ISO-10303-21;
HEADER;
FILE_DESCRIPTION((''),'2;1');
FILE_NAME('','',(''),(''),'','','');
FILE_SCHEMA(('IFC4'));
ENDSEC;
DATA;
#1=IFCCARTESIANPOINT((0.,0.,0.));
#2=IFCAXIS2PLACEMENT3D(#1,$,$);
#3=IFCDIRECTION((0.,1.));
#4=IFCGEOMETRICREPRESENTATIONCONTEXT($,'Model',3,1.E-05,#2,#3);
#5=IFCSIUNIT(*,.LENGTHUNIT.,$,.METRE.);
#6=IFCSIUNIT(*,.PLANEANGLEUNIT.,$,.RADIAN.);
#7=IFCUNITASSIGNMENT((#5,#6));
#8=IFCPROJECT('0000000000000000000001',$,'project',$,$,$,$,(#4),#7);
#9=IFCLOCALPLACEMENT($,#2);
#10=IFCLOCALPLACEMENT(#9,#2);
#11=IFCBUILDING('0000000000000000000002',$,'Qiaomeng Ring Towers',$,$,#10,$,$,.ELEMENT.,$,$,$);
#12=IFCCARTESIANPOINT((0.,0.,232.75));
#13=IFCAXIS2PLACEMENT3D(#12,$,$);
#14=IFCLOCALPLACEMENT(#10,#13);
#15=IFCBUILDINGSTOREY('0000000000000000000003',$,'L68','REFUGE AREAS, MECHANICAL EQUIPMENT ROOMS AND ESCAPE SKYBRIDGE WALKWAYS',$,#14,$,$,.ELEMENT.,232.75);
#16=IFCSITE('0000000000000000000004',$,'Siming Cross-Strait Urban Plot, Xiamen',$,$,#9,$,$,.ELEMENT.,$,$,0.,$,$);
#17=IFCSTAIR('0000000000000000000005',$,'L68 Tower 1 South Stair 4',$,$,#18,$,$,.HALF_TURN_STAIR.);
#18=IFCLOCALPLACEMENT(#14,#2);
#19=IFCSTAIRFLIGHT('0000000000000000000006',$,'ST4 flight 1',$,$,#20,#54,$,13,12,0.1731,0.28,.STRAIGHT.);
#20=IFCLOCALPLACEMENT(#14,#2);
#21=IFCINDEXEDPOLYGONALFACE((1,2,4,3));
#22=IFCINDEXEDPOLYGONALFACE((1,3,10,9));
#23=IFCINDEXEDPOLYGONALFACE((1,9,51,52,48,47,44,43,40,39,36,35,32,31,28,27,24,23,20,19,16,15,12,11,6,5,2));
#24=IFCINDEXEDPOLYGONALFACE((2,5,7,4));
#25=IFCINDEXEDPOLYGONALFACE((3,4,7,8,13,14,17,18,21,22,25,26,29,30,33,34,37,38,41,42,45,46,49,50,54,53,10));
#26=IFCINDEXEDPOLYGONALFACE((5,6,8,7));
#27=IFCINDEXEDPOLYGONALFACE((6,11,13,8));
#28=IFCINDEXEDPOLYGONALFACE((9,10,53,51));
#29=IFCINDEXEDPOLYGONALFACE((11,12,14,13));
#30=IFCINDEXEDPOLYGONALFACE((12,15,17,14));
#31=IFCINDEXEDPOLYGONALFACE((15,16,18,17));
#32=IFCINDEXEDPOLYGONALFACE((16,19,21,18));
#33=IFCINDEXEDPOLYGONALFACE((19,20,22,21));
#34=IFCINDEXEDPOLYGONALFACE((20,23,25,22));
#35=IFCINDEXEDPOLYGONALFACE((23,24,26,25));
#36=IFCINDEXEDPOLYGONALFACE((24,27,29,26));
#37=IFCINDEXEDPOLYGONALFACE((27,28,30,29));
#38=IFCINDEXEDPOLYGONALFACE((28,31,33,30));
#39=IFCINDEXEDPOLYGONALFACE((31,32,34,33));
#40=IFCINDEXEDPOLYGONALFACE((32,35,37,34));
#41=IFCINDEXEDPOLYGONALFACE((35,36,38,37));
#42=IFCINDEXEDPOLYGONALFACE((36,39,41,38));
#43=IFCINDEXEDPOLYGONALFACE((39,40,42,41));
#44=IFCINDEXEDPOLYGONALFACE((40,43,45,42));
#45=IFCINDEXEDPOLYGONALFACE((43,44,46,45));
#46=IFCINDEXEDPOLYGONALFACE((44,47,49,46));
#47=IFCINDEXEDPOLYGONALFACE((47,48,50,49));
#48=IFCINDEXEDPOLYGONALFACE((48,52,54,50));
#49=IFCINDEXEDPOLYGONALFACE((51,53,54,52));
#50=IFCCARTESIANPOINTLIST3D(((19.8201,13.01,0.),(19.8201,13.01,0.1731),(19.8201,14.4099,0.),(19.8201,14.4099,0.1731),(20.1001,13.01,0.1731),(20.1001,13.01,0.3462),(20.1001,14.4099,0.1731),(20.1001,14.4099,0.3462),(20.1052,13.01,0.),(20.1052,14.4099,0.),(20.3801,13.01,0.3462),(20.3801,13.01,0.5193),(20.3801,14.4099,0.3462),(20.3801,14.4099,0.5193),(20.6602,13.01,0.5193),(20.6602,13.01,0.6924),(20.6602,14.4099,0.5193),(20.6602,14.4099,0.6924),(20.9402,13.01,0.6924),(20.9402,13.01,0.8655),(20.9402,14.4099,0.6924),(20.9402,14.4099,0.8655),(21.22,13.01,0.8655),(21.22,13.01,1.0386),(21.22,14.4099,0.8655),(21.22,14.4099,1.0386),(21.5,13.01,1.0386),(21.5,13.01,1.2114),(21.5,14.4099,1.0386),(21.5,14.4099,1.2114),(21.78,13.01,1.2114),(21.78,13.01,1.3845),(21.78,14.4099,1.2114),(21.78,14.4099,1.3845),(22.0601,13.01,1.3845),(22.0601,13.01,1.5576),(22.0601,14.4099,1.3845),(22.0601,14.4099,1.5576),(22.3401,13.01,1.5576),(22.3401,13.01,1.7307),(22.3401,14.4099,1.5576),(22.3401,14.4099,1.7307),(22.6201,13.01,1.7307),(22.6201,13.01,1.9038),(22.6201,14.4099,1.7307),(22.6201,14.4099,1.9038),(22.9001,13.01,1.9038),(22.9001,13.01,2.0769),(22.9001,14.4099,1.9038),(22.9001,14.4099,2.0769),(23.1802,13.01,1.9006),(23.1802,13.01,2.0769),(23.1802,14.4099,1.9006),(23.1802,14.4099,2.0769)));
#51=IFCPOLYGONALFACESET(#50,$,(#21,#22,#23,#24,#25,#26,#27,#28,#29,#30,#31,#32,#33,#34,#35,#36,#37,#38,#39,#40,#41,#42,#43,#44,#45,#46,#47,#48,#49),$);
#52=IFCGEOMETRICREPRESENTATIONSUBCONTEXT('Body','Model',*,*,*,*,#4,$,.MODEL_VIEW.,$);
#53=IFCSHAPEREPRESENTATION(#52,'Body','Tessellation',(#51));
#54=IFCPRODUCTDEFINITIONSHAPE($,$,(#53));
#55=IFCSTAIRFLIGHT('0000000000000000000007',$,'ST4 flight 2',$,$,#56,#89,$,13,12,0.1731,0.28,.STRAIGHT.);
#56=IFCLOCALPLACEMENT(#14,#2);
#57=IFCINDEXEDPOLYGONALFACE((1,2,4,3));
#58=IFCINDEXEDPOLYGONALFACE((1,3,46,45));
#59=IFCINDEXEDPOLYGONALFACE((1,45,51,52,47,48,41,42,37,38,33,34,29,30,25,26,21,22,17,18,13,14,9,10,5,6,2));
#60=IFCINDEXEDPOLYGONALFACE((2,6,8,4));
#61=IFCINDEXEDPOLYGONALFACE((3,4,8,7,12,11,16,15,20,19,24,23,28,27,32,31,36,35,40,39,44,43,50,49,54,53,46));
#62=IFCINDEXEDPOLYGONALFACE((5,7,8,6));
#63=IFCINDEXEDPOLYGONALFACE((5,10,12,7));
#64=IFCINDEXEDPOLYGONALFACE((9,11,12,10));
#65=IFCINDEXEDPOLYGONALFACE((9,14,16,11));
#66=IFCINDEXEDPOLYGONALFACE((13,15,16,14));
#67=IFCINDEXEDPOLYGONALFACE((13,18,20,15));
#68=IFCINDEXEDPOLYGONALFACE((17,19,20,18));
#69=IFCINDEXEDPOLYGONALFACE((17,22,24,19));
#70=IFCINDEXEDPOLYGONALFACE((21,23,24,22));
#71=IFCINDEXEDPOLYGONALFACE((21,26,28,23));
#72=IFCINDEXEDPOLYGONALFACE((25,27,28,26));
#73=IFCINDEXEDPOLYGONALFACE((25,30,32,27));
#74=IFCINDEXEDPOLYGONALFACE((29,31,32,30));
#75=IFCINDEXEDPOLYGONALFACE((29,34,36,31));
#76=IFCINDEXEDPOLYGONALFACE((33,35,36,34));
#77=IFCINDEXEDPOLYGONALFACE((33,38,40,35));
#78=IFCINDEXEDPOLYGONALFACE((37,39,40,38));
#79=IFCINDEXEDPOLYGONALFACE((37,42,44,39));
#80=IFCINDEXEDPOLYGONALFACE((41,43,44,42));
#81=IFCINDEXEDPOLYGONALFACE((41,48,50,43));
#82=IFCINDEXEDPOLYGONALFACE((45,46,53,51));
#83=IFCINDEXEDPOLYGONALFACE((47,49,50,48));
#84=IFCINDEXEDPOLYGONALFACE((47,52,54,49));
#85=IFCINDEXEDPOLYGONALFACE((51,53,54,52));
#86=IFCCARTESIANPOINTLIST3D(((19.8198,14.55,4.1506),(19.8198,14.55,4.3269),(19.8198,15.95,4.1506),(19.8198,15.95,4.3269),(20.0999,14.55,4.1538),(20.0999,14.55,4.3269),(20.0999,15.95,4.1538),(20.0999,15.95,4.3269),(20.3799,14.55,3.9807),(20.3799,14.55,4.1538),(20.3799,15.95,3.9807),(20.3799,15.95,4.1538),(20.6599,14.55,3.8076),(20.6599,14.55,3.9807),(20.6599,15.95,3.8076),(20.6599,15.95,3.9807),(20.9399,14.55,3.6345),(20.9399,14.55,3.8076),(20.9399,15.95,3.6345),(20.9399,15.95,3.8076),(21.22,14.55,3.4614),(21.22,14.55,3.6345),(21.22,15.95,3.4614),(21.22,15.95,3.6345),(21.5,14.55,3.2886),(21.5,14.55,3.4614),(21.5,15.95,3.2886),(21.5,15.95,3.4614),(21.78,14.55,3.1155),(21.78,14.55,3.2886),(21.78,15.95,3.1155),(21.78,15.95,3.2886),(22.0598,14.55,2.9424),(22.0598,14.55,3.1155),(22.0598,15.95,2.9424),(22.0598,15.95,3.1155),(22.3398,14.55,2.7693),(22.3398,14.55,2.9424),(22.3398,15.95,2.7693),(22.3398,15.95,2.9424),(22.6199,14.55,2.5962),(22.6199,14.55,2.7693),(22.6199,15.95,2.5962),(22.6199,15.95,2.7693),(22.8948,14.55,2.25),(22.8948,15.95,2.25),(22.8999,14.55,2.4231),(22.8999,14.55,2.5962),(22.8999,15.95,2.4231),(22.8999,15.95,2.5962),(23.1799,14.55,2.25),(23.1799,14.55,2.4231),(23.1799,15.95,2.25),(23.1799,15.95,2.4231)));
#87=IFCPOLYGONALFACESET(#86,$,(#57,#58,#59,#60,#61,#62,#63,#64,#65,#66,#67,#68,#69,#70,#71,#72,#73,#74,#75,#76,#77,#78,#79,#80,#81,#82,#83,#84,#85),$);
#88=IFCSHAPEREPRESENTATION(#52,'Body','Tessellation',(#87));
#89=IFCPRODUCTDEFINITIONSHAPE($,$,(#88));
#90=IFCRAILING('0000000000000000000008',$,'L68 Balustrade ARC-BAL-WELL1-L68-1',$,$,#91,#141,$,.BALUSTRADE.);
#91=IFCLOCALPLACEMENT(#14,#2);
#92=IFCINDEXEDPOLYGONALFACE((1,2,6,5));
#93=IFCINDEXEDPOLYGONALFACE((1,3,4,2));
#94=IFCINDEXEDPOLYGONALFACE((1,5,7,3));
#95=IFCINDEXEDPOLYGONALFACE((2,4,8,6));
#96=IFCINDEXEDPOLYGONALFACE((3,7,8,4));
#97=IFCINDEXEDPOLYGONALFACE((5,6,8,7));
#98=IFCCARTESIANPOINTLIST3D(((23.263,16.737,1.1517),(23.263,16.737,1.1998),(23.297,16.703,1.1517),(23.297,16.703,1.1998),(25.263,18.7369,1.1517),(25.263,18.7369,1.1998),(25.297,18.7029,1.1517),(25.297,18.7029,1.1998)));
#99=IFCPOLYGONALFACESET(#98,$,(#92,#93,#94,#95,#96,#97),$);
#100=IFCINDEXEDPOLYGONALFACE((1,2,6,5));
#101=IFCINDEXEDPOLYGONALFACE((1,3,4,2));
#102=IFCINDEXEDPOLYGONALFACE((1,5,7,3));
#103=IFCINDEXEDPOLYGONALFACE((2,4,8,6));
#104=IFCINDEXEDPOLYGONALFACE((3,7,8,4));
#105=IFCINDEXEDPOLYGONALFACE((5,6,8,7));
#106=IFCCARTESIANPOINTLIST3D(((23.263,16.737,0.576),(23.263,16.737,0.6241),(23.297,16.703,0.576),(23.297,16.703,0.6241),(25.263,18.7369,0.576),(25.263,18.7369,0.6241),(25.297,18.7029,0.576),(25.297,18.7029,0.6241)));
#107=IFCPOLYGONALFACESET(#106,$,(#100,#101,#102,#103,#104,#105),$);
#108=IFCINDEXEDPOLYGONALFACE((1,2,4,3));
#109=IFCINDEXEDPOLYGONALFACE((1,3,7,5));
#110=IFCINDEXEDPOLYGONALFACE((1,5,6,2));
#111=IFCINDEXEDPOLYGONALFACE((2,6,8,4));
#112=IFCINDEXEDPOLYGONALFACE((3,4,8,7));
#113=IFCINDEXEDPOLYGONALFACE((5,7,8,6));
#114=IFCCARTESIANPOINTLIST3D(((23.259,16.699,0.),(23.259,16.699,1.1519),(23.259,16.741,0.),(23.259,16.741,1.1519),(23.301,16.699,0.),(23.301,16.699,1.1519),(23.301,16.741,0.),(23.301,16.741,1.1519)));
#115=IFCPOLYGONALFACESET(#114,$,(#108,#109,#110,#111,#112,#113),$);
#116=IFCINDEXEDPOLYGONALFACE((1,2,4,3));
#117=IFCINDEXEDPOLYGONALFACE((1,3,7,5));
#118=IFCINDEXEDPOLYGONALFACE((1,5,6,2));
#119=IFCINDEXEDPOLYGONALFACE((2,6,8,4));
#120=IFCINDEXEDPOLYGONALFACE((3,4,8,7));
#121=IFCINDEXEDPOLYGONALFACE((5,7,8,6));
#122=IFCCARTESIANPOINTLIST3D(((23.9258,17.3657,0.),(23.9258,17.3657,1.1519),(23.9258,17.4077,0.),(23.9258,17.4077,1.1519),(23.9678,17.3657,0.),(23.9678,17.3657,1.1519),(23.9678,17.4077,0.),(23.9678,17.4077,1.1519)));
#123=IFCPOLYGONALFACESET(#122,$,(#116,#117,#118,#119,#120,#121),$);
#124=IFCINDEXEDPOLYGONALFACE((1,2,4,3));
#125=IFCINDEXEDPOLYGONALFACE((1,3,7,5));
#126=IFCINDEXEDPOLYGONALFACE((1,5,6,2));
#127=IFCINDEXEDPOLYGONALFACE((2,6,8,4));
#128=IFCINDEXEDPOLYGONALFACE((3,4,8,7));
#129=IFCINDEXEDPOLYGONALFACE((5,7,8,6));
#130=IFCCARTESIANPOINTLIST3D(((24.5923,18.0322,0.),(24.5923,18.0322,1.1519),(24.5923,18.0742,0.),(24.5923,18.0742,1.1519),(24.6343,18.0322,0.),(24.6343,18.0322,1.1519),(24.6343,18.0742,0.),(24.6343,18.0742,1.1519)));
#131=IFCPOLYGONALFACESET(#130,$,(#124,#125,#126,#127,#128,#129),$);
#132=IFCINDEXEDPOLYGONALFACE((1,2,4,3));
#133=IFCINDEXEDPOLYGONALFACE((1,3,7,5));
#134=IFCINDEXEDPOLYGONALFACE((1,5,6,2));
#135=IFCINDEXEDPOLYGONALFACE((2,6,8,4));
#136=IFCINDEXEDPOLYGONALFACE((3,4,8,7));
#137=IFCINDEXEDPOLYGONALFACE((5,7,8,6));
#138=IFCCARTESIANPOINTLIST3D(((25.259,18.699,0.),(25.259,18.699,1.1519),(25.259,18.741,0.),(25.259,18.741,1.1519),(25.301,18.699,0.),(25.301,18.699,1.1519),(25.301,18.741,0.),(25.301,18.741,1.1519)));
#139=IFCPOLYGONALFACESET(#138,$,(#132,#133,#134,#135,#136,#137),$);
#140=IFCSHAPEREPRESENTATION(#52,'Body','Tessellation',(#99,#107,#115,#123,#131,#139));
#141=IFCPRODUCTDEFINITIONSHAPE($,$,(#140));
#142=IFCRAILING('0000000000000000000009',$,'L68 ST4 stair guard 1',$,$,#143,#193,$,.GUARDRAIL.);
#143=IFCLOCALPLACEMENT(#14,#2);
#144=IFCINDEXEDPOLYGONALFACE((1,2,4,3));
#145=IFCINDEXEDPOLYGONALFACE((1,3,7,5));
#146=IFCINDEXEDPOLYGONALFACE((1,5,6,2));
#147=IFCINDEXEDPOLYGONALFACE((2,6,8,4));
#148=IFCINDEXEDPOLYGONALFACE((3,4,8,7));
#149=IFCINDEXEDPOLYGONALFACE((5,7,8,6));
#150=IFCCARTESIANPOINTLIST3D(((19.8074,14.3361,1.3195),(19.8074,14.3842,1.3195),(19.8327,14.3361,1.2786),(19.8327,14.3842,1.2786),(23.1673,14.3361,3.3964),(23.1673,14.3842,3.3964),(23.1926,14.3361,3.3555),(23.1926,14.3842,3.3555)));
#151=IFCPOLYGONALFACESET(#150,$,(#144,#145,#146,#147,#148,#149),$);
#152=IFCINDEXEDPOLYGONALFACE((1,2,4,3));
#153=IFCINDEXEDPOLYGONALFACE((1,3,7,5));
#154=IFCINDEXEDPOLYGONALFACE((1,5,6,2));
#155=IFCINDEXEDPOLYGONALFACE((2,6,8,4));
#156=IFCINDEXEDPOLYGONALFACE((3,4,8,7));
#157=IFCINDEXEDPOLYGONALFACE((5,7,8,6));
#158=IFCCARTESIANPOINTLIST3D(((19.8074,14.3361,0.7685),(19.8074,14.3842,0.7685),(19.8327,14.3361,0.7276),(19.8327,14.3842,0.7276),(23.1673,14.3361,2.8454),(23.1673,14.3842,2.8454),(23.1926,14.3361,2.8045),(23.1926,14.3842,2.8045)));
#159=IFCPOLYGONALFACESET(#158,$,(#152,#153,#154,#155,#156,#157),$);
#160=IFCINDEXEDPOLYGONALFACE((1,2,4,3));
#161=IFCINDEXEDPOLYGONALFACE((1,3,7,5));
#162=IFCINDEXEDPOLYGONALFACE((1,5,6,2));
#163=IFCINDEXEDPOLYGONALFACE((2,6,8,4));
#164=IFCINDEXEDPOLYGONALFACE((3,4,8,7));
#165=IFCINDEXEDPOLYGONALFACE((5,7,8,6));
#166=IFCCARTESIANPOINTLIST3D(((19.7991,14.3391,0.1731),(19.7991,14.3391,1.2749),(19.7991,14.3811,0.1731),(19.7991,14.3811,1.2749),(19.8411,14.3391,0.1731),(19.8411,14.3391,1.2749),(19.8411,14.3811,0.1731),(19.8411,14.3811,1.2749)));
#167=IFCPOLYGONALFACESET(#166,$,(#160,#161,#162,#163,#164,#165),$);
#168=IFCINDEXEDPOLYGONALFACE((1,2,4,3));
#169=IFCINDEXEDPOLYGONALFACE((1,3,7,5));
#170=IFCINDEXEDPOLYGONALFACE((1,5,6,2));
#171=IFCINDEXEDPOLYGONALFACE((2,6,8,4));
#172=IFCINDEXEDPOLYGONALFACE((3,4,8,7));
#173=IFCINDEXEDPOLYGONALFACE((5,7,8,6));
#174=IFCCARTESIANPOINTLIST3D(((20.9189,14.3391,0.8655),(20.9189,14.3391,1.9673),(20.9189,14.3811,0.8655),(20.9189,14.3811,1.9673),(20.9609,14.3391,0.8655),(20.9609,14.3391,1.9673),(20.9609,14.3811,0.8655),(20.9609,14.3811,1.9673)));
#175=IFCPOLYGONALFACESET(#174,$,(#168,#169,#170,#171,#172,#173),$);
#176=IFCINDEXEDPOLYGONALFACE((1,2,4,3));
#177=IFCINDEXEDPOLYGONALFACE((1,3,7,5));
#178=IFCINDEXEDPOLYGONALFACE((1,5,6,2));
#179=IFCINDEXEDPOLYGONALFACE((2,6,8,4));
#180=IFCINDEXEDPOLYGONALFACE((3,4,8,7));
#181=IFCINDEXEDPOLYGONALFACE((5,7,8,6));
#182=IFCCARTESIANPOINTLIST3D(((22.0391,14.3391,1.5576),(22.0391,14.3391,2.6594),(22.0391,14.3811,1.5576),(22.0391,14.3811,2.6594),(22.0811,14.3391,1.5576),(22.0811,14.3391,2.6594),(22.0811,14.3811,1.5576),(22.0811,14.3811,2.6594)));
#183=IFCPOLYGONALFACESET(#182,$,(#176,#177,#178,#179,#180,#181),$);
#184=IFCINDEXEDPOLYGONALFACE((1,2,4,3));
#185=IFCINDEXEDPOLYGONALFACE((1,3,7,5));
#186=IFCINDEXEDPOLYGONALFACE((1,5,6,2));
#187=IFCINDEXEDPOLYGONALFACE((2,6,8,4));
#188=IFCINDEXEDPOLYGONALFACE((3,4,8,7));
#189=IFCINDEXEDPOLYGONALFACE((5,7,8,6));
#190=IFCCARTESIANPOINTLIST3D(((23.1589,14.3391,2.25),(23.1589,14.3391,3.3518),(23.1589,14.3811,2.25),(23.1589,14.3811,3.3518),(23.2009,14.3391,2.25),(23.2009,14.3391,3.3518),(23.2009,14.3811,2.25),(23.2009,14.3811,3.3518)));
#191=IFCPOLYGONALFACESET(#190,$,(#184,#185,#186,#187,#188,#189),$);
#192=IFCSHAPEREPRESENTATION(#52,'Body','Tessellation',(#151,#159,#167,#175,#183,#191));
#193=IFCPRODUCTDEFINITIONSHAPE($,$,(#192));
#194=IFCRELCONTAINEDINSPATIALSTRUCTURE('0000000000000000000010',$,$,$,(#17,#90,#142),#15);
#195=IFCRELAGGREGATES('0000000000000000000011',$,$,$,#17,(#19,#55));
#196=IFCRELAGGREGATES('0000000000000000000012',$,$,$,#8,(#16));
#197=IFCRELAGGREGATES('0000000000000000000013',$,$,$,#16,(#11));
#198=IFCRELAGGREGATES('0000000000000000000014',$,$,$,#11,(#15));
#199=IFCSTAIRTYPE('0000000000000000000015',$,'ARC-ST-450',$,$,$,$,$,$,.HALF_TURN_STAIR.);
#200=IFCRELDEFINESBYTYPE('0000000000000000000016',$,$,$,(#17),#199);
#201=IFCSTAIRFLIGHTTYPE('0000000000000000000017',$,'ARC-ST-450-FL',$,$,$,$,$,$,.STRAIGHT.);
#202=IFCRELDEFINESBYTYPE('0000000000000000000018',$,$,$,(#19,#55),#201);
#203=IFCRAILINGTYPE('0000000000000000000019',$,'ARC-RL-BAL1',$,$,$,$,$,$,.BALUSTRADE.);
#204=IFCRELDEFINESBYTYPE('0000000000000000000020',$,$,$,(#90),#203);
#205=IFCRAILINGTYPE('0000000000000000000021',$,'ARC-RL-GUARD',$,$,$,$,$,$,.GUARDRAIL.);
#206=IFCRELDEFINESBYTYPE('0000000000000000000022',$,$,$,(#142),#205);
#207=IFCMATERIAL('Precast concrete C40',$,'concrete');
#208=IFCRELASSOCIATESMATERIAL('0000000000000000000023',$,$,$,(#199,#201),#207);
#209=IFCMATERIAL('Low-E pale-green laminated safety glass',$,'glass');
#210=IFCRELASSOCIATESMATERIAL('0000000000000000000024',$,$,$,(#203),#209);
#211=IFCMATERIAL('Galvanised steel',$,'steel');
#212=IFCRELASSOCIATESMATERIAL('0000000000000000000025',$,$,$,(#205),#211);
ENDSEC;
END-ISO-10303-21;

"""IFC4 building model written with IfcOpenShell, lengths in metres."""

from ifc_helpers import new_model, si_unit, direction, frame, origin, origin_2d, place, context, subcontext, project, spatial, polyline, rectangle, outline, extrude, source, transform, mapped, material, type_object, element, aggregate, save


model = new_model("IFC4")

# Units and contexts
model_context = context("Model", 3, precision=1e-05, world=origin(), true_north=direction((0.0, 1.0)))
body_context = subcontext(model_context, "Body", "Model", "MODEL_VIEW")
ifc_project = project(units=[si_unit("LENGTHUNIT", "METRE"), si_unit("PLANEANGLEUNIT", "RADIAN")], contexts=[model_context])

# Site, building, storey
site_placement = place(None, origin())
site = spatial("IfcSite", under=ifc_project, at=site_placement, Name="Siming Cross-Strait Urban Plot, Xiamen", CompositionType="ELEMENT", RefElevation=0.0)
building_placement = place(site_placement, origin())
building = spatial("IfcBuilding", under=site, at=building_placement, Name="Qiaomeng Ring Towers", CompositionType="ELEMENT")
storey_placement = place(building_placement, frame((0.0, 0.0, 232.75)))
storey = spatial("IfcBuildingStorey", under=building, at=storey_placement, Name="L68", Description="REFUGE AREAS, MECHANICAL EQUIPMENT ROOMS AND ESCAPE SKYBRIDGE WALKWAYS", CompositionType="ELEMENT", Elevation=232.75)

# Shared definitions
ifc_material_1 = material(Name="Galvanised steel", Category="steel")

# Stair, stair flights
ifc_material_2 = material(Name="Precast concrete C40", Category="concrete")
stair_type = type_object("IfcStairType", Name="ARC-ST-450", PredefinedType="HALF_TURN_STAIR", material=ifc_material_2)
stair_placement = place(storey_placement, origin())
stair = element("IfcStair", 1, at=stair_placement, inside=storey, type_object=stair_type, Name="L68 Tower 1 South Stair 4", PredefinedType="HALF_TURN_STAIR")
stair_flight_type = type_object("IfcStairFlightType", Name="ARC-ST-450-FL", PredefinedType="STRAIGHT", material=ifc_material_2)
shared_shape_1 = source(origin(), body_context, "Body", "SweptSolid", [
    extrude(outline(polyline([(0.0, 0.0), (0.0, 0.1731), (0.28, 0.1731), (0.28, 0.3462), (0.5601, 0.3462), (0.5601, 0.5193), (0.8401, 0.5193), (0.8401, 0.6924), (1.1201, 0.6924), (1.1201, 0.8655), (1.3999, 0.8655), (1.3999, 1.0386), (1.6799, 1.0386), (1.6799, 1.2114), (1.96, 1.2114), (1.96, 1.3845), (2.24, 1.3845), (2.24, 1.5576), (2.52, 1.5576), (2.52, 1.7307), (2.8, 1.7307), (2.8, 1.9038), (3.0801, 1.9038), (3.0801, 2.0769), (3.3601, 2.0769), (3.3601, 2.25), (3.3601, 1.9006), (0.2852, 0.0), (0.0, 0.0)])), frame((0.0, 0.7, 0.0), z_axis=(0.0, -1.0, 0.0), x_axis=(1.0, 0.0, 0.0)), (0.0, 0.0, 1.0), 1.3999),
])
stair_flight_1_placement = place(storey_placement, frame((19.8201, 13.71, 0.0), z_axis=(0.0, 0.0, 1.0), x_axis=(1.0, 0.0, 0.0)))
stair_flight_1 = element("IfcStairFlight", 2, at=stair_flight_1_placement, type_object=stair_flight_type, Name="ST4 flight 1", NumberOfRisers=13, NumberOfTreads=12, PredefinedType="STRAIGHT", RiserHeight=0.1731, TreadLength=0.28, context=body_context, shape_type="MappedRepresentation", body=[
    mapped(shared_shape_1, transform((0.0, 0.0, 0.0), x_axis=(1.0, 0.0, 0.0), y_axis=(0.0, 1.0, 0.0), z_axis=(0.0, 0.0, 1.0), scale=1.0)),
])
stair_flight_2_placement = place(storey_placement, frame((23.1799, 15.25, 2.25), z_axis=(0.0, 0.0, 1.0), x_axis=(-1.0, 0.0, 0.0)))
stair_flight_2 = element("IfcStairFlight", 3, at=stair_flight_2_placement, type_object=stair_flight_type, Name="ST4 flight 2", NumberOfRisers=13, NumberOfTreads=12, PredefinedType="STRAIGHT", RiserHeight=0.1731, TreadLength=0.28, context=body_context, shape_type="MappedRepresentation", body=[
    mapped(shared_shape_1, transform((0.0, 0.0, 0.0), x_axis=(1.0, 0.0, 0.0), y_axis=(0.0, 1.0, 0.0), z_axis=(0.0, 0.0, 1.0), scale=1.0)),
])
aggregate(stair, [stair_flight_1, stair_flight_2])

# Railings
ifc_material_3 = material(Name="Low-E pale-green laminated safety glass", Category="glass")
railing_type_1 = type_object("IfcRailingType", Name="ARC-RL-BAL1", PredefinedType="BALUSTRADE", material=ifc_material_3)
railing_1_placement = place(storey_placement, frame((23.28, 16.72, 0.0)))
element("IfcRailing", 4, at=railing_1_placement, inside=storey, type_object=railing_type_1, Name="L68 Balustrade ARC-BAL-WELL1-L68-1", PredefinedType="BALUSTRADE", context=body_context, shape_type="SweptSolid", body=[
    extrude(rectangle(XDim=0.0481, YDim=0.0481, at=origin_2d()), frame((0.0, 0.0, 1.1758), z_axis=(0.707107, 0.707107, 0.0), x_axis=(-0.707107, 0.707107, 0.0)), (0.0, 0.0, 1.0), 2.8284),
    extrude(rectangle(XDim=0.0481, YDim=0.0481, at=origin_2d()), frame((0.0, 0.0, 0.6001), z_axis=(0.707107, 0.707107, 0.0), x_axis=(-0.707107, 0.707107, 0.0)), (0.0, 0.0, 1.0), 2.8284),
    extrude(rectangle(XDim=0.042, YDim=0.042, at=origin_2d()), origin(), (0.0, 0.0, 1.0), 1.1519),
    extrude(rectangle(XDim=0.042, YDim=0.042, at=origin_2d()), frame((0.6667, 0.6667, 0.0)), (0.0, 0.0, 1.0), 1.1519),
    extrude(rectangle(XDim=0.042, YDim=0.042, at=origin_2d()), frame((1.3333, 1.3333, 0.0)), (0.0, 0.0, 1.0), 1.1519),
    extrude(rectangle(XDim=0.042, YDim=0.042, at=origin_2d()), frame((2.0, 2.0, 0.0)), (0.0, 0.0, 1.0), 1.1519),
])
railing_type_2 = type_object("IfcRailingType", Name="ARC-RL-GUARD", PredefinedType="GUARDRAIL", material=ifc_material_1)
railing_2_placement = place(storey_placement, frame((19.8201, 14.3601, 0.1731)))
element("IfcRailing", 5, at=railing_2_placement, inside=storey, type_object=railing_type_2, Name="L68 ST4 stair guard 1", PredefinedType="GUARDRAIL", context=body_context, shape_type="SweptSolid", body=[
    extrude(rectangle(XDim=0.0481, YDim=0.0481, at=origin_2d()), frame((0.0, 0.0, 1.126), z_axis=(0.850606, 0.0, 0.525803), x_axis=(0.0, 1.0, 0.0)), (0.0, 0.0, 1.0), 3.95),
    extrude(rectangle(XDim=0.0481, YDim=0.0481, at=origin_2d()), frame((0.0, 0.0, 0.575), z_axis=(0.850606, 0.0, 0.525803), x_axis=(0.0, 1.0, 0.0)), (0.0, 0.0, 1.0), 3.95),
    extrude(rectangle(XDim=0.042, YDim=0.042, at=origin_2d()), origin(), (0.0, 0.0, 1.0), 1.1018),
    extrude(rectangle(XDim=0.042, YDim=0.042, at=origin_2d()), frame((1.1199, 0.0, 0.6924)), (0.0, 0.0, 1.0), 1.1018),
    extrude(rectangle(XDim=0.042, YDim=0.042, at=origin_2d()), frame((2.24, 0.0, 1.3845)), (0.0, 0.0, 1.0), 1.1018),
    extrude(rectangle(XDim=0.042, YDim=0.042, at=origin_2d()), frame((3.3599, 0.0, 2.0769)), (0.0, 0.0, 1.0), 1.1018),
])

save(model, "model.ifc")
